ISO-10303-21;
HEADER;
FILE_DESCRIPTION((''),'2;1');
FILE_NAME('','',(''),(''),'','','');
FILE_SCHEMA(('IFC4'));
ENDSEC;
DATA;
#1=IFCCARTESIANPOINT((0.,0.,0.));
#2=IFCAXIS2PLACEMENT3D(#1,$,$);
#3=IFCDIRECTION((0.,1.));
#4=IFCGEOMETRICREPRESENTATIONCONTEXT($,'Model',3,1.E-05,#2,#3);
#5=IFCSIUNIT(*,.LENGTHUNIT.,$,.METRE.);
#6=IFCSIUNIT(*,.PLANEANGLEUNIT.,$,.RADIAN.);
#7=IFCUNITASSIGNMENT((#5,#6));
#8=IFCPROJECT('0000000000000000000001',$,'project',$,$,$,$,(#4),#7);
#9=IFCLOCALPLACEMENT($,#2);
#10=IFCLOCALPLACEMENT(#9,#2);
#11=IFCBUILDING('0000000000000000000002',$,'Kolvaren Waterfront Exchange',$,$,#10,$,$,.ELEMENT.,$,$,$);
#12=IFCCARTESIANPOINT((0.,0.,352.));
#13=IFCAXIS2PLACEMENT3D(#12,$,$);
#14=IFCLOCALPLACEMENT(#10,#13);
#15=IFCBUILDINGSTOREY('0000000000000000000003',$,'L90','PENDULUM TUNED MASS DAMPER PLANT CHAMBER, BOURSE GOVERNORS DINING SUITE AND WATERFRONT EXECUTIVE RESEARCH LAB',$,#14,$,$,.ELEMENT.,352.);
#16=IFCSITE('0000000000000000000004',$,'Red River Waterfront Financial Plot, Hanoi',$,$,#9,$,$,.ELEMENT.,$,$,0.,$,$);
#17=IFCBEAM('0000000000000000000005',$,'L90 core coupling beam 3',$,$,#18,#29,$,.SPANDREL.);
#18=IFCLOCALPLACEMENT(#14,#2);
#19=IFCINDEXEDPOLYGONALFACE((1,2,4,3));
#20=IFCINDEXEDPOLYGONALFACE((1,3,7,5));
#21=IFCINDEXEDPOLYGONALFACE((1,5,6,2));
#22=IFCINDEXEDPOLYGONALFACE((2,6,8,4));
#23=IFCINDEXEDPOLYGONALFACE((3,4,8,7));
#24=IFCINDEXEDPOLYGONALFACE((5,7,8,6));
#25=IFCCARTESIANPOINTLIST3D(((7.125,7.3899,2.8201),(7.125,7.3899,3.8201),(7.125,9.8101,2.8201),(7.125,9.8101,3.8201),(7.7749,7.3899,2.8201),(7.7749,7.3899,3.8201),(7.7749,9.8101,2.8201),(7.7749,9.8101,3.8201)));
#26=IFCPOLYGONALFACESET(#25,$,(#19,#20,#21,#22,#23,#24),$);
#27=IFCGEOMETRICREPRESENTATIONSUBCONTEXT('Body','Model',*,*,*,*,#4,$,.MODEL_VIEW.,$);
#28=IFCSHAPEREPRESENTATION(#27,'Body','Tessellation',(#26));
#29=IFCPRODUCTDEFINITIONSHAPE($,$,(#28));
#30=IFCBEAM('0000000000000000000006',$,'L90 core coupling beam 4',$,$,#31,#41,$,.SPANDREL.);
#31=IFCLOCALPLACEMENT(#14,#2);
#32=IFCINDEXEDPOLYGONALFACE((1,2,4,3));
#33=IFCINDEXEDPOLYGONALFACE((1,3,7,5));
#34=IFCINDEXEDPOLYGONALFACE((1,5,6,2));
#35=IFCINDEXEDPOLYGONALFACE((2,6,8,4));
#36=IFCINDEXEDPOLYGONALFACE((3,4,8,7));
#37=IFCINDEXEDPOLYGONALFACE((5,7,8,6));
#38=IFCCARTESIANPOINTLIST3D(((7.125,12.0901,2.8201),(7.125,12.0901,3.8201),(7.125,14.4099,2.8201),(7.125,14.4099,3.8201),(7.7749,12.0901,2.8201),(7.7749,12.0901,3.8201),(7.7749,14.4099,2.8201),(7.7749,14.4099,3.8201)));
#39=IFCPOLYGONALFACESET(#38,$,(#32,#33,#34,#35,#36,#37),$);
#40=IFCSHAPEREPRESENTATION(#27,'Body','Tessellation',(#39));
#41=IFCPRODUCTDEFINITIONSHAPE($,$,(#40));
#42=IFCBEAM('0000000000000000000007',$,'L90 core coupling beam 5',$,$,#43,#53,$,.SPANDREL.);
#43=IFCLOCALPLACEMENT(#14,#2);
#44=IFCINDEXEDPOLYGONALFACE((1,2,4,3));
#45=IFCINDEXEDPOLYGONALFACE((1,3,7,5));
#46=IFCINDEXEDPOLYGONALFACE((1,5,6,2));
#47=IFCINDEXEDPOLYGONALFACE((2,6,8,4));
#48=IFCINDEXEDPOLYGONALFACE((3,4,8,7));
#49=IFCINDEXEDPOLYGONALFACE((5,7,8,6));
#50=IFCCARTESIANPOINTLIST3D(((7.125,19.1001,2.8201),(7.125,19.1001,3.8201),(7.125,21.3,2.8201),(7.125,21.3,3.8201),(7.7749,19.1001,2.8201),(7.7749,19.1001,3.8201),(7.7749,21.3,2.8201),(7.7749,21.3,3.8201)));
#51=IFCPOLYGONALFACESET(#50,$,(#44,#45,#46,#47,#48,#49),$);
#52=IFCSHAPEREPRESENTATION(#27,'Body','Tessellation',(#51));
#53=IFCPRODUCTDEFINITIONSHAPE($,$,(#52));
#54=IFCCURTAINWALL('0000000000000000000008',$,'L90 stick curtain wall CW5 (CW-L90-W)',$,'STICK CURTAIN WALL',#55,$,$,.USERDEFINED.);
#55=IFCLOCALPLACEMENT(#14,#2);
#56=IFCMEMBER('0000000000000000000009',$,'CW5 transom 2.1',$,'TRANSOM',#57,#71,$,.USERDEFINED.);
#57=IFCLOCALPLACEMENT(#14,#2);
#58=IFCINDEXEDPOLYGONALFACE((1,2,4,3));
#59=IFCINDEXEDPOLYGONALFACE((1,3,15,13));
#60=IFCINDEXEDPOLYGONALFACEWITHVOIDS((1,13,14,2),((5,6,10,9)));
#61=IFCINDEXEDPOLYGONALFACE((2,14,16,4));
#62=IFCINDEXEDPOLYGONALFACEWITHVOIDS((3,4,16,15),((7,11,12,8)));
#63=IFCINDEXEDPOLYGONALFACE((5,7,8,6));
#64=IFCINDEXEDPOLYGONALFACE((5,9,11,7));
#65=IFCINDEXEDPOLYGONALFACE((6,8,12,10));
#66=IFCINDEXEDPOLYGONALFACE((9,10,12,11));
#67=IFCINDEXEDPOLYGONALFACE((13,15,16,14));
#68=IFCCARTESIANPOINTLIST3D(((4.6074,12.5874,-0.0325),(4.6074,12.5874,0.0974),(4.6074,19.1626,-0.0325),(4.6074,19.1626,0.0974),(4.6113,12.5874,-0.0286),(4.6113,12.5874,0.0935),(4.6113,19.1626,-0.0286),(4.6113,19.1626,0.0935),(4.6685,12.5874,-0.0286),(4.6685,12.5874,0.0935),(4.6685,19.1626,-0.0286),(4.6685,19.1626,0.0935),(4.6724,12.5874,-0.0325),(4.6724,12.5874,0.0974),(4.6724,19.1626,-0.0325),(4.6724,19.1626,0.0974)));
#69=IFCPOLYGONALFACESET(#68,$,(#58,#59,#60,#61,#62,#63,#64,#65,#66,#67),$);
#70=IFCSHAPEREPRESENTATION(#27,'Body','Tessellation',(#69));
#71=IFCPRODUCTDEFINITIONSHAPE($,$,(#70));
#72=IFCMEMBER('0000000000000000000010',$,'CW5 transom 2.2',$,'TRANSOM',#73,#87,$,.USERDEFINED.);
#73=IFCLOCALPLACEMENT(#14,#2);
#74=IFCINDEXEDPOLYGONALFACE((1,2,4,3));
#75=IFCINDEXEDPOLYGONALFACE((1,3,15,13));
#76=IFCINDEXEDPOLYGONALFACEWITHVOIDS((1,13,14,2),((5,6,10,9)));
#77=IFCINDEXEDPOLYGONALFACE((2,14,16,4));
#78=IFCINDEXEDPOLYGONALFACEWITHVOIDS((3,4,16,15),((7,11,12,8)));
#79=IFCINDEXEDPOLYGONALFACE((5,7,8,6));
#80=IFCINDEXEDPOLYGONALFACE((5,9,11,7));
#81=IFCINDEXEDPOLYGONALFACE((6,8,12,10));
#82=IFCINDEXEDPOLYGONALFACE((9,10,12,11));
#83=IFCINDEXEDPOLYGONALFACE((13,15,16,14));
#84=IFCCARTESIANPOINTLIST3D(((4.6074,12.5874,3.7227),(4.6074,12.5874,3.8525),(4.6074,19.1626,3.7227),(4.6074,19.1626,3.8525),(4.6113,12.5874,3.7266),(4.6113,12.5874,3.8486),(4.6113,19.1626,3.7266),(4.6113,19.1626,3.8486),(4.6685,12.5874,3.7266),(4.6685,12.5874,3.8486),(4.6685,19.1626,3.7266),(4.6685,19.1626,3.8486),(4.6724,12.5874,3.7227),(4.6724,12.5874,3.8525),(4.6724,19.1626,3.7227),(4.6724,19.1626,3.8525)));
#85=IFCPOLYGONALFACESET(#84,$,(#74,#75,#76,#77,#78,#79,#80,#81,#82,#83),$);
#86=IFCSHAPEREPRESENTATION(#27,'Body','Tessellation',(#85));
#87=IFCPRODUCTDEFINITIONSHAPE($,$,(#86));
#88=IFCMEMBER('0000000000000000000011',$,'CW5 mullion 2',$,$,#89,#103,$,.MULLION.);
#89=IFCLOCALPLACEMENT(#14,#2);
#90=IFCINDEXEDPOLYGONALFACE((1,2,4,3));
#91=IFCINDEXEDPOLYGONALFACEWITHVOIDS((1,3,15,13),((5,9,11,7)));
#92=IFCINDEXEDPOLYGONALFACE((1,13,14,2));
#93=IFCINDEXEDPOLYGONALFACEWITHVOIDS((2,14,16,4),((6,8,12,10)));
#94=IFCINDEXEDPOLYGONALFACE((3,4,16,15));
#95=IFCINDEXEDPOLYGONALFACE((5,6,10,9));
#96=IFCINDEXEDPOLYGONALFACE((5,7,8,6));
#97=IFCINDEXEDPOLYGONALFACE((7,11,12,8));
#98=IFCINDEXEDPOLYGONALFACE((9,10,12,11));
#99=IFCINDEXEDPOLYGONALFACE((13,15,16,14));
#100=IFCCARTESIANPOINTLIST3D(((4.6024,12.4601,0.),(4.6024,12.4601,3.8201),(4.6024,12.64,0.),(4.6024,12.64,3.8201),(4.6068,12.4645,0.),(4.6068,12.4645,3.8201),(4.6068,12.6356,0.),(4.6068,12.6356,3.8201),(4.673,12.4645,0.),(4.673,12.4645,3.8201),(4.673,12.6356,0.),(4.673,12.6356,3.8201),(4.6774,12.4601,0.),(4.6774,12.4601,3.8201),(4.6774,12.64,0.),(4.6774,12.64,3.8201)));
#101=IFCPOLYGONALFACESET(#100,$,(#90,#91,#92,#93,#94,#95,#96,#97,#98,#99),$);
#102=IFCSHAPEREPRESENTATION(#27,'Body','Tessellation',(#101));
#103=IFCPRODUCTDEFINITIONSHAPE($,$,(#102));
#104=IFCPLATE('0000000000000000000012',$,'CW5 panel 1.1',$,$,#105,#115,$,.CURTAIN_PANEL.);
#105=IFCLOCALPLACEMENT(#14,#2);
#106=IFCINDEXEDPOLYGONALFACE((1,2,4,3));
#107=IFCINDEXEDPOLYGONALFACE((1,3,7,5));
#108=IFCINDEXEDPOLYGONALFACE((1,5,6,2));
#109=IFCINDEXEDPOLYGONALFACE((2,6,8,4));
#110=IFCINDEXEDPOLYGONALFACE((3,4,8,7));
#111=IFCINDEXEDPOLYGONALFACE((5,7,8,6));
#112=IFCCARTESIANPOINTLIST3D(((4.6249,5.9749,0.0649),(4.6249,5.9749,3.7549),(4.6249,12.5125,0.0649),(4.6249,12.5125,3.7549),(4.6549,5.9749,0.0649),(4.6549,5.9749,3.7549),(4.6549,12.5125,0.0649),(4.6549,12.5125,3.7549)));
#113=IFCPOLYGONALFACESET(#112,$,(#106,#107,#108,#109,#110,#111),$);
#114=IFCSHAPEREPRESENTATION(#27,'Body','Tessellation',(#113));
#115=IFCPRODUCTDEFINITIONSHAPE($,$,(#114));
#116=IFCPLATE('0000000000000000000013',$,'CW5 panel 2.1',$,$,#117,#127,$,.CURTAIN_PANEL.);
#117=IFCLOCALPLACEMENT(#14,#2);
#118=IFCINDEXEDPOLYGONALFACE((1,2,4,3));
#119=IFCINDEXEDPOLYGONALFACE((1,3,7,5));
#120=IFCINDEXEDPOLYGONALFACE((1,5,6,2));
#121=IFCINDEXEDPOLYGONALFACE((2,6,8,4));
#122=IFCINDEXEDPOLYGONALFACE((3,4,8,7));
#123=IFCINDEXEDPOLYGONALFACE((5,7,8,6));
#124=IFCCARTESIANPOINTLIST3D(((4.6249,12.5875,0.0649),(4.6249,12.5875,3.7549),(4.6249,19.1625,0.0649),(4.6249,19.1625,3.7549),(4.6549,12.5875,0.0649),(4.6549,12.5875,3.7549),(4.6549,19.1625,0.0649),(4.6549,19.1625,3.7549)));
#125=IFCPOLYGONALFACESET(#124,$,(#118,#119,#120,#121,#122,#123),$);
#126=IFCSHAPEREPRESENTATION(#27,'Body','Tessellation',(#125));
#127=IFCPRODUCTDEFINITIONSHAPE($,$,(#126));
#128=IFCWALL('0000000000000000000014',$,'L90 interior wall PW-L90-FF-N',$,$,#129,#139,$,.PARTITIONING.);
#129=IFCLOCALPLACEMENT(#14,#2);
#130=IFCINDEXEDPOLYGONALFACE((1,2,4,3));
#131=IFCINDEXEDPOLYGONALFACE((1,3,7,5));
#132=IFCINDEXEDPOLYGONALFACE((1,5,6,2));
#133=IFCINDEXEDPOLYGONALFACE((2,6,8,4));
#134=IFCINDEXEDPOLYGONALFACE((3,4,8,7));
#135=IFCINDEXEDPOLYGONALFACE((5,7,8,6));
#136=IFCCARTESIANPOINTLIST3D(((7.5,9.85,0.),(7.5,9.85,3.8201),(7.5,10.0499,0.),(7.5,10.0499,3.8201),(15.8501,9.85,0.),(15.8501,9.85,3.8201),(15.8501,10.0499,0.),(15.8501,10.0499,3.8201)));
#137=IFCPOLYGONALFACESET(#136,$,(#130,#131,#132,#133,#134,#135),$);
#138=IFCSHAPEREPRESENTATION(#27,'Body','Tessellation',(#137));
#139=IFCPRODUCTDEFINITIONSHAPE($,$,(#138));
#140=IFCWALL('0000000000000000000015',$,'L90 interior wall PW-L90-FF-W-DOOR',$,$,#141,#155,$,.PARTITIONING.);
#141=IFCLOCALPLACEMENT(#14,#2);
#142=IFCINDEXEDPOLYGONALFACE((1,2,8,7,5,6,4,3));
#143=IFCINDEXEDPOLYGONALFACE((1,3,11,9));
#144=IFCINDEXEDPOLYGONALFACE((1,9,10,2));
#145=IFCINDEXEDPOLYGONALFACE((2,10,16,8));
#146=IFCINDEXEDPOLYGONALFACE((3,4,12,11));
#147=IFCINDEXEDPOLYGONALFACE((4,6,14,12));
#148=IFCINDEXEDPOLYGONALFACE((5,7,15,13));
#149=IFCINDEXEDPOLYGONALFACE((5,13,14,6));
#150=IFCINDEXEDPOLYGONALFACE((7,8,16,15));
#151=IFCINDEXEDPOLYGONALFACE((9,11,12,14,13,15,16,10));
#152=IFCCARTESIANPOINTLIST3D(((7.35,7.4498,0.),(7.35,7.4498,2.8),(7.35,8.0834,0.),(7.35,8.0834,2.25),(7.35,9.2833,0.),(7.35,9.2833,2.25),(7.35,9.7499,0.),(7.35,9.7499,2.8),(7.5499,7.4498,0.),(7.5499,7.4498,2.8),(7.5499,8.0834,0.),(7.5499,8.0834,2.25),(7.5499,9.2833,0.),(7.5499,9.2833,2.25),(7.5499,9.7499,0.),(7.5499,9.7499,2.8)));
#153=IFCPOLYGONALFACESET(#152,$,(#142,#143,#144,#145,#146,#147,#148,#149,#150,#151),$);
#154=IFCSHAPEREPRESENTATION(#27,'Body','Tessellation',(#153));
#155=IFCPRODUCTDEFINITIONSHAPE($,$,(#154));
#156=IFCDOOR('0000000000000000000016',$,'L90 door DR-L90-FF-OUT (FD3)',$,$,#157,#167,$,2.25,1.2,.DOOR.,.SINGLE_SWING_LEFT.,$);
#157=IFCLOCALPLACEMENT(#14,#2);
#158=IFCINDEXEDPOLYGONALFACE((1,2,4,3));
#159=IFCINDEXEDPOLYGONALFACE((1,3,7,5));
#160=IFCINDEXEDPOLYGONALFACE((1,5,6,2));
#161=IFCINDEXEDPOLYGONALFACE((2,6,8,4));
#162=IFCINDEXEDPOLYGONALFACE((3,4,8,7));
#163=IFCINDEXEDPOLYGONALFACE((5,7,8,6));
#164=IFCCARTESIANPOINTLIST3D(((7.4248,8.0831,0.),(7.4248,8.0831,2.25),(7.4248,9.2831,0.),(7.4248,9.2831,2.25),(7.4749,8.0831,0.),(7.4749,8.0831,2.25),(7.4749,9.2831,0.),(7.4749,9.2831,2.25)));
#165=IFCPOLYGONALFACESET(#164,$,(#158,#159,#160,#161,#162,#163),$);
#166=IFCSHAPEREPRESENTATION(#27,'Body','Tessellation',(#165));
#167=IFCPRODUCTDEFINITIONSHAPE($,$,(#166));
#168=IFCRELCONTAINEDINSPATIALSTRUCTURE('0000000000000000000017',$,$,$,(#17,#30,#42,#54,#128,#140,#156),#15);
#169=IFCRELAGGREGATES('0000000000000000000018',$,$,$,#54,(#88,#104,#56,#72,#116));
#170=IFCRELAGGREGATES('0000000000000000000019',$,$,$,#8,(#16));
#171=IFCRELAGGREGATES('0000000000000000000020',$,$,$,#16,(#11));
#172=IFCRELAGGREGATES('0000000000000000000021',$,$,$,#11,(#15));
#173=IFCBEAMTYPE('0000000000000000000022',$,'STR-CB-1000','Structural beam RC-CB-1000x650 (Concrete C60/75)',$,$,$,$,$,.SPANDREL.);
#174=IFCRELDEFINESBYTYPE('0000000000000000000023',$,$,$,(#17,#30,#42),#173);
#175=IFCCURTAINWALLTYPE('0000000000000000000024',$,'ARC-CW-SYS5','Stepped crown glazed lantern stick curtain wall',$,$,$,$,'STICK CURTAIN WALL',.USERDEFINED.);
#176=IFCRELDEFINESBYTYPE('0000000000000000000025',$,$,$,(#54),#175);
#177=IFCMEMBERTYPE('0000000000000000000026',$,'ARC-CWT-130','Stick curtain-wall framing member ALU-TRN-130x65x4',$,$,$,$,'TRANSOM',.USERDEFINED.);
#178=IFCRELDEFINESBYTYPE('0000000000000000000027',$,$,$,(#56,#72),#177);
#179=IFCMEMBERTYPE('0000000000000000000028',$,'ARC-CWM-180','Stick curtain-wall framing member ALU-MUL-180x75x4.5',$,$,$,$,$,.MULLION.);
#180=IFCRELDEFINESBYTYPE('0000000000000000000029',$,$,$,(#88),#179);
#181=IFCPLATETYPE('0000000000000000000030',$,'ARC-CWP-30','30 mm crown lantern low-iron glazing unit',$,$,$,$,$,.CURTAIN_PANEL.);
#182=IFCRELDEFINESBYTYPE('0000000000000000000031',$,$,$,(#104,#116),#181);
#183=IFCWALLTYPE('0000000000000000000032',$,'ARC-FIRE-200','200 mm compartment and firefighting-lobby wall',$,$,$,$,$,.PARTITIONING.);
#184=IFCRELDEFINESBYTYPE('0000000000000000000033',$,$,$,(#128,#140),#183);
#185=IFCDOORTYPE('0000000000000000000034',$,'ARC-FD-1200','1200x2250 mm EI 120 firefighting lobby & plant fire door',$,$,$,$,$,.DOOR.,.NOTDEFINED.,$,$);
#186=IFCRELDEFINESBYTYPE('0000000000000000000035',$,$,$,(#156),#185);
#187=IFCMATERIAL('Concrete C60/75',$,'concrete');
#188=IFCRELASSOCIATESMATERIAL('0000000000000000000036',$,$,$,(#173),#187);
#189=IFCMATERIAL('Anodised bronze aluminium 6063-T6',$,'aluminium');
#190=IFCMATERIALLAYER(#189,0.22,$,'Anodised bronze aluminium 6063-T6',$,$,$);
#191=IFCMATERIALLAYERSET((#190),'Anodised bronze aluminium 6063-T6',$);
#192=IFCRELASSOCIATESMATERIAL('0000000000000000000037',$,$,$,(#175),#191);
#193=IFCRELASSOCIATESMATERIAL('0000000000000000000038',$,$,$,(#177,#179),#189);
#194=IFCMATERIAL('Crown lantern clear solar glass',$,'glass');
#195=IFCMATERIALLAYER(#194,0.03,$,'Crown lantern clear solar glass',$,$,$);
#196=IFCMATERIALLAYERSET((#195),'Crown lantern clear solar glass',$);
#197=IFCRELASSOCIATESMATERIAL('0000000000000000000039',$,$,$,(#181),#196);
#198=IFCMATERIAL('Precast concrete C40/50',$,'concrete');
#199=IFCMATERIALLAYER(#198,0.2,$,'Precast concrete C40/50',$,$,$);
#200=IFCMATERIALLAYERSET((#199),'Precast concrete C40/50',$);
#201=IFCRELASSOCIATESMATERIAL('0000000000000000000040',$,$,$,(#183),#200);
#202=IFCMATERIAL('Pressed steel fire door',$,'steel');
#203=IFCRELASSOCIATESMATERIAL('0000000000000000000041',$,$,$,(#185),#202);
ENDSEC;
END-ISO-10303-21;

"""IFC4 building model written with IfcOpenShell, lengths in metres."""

from ifc_helpers import new_model, si_unit, direction, frame, frame_2d, origin, origin_with_axes, origin_2d, place, context, subcontext, project, spatial, rectangle, hollow_rectangle, extrude, source, transform, mapped, material, layer, layer_set, material_profile, profile_set, type_object, element, fill, aggregate, save


model = new_model("IFC4")

# Units and contexts
model_context = context("Model", 3, precision=1e-05, world=origin(), true_north=direction((0.0, 1.0)))
body_context = subcontext(model_context, "Body", "Model", "MODEL_VIEW")
ifc_project = project(units=[si_unit("LENGTHUNIT", "METRE"), si_unit("PLANEANGLEUNIT", "RADIAN")], contexts=[model_context])

# Site, building, storey
site_placement = place(None, origin())
site = spatial("IfcSite", under=ifc_project, at=site_placement, Name="Red River Waterfront Financial Plot, Hanoi", CompositionType="ELEMENT", RefElevation=0.0)
building_placement = place(site_placement, origin())
building = spatial("IfcBuilding", under=site, at=building_placement, Name="Kolvaren Waterfront Exchange", CompositionType="ELEMENT")
storey_placement = place(building_placement, frame((0.0, 0.0, 352.0)))
storey = spatial("IfcBuildingStorey", under=building, at=storey_placement, Name="L90", Description="PENDULUM TUNED MASS DAMPER PLANT CHAMBER, BOURSE GOVERNORS DINING SUITE AND WATERFRONT EXECUTIVE RESEARCH LAB", CompositionType="ELEMENT", Elevation=352.0)

# Beams
ifc_material_1 = material(Name="Concrete C60/75", Category="concrete")
ifc_material_profile_1 = material_profile(ifc_material_1, rectangle(XDim=0.6499, YDim=1.0, at=origin_2d()), Name="RC-CB-1000x650")
ifc_profile_set_1 = profile_set([ifc_material_profile_1], Name="Concrete C60/75")
beam_type = type_object("IfcBeamType", Name="STR-CB-1000", Description="Structural beam RC-CB-1000x650 (Concrete C60/75)", PredefinedType="SPANDREL", material=ifc_profile_set_1)
beam_1_placement = place(storey_placement, frame((7.45, 7.3899, 3.3201), z_axis=(0.0, 1.0, 0.0), x_axis=(-1.0, 0.0, 0.0)))
element("IfcBeam", 1, at=beam_1_placement, inside=storey, type_object=beam_type, Name="L90 core coupling beam 3", PredefinedType="SPANDREL", context=body_context, shape_type="SweptSolid", body=[
    extrude(rectangle(XDim=0.6499, YDim=1.0, at=origin_2d()), origin(), (0.0, 0.0, 1.0), 2.4202),
])
beam_2_placement = place(storey_placement, frame((7.45, 12.0901, 3.3201), z_axis=(0.0, 1.0, 0.0), x_axis=(-1.0, 0.0, 0.0)))
element("IfcBeam", 2, at=beam_2_placement, inside=storey, type_object=beam_type, Name="L90 core coupling beam 4", PredefinedType="SPANDREL", context=body_context, shape_type="SweptSolid", body=[
    extrude(rectangle(XDim=0.6499, YDim=1.0, at=origin_2d()), origin(), (0.0, 0.0, 1.0), 2.3198),
])
beam_3_placement = place(storey_placement, frame((7.45, 19.1001, 3.3201), z_axis=(0.0, 1.0, 0.0), x_axis=(-1.0, 0.0, 0.0)))
element("IfcBeam", 3, at=beam_3_placement, inside=storey, type_object=beam_type, Name="L90 core coupling beam 5", PredefinedType="SPANDREL", context=body_context, shape_type="SweptSolid", body=[
    extrude(rectangle(XDim=0.6499, YDim=1.0, at=origin_2d()), origin(), (0.0, 0.0, 1.0), 2.2),
])

# Curtain wall, members, plates
ifc_material_2 = material(Name="Anodised bronze aluminium 6063-T6", Category="aluminium")
ifc_layer_1 = layer(ifc_material_2, 0.22, Name="Anodised bronze aluminium 6063-T6")
ifc_layer_set_1 = layer_set([ifc_layer_1], Name="Anodised bronze aluminium 6063-T6")
curtain_wall_type = type_object("IfcCurtainWallType", Name="ARC-CW-SYS5", Description="Stepped crown glazed lantern stick curtain wall", ElementType="STICK CURTAIN WALL", PredefinedType="USERDEFINED", material=ifc_layer_set_1)
curtain_wall_placement = place(storey_placement, origin())
curtain_wall = element("IfcCurtainWall", 4, at=curtain_wall_placement, inside=storey, type_object=curtain_wall_type, Name="L90 stick curtain wall CW5 (CW-L90-W)", ObjectType="STICK CURTAIN WALL", PredefinedType="USERDEFINED")
ifc_material_profile_2 = material_profile(ifc_material_2, hollow_rectangle(XDim=0.0649, YDim=0.1299, WallThickness=0.0039, at=origin_2d()), Name="ALU-TRN-130x65x4")
ifc_profile_set_2 = profile_set([ifc_material_profile_2], Name="Anodised bronze aluminium 6063-T6")
member_type_1 = type_object("IfcMemberType", Name="ARC-CWT-130", Description="Stick curtain-wall framing member ALU-TRN-130x65x4", ElementType="TRANSOM", PredefinedType="USERDEFINED", material=ifc_profile_set_2)
shared_shape_1 = source(origin_with_axes(), body_context, "Body", "SweptSolid", [
    extrude(hollow_rectangle(XDim=0.0649, YDim=0.1299, WallThickness=0.0039, at=origin_2d()), origin(), (0.0, 0.0, 1.0), 6.5752),
])
member_1_placement = place(storey_placement, frame((4.6399, 12.5874, 0.0325), z_axis=(0.0, 1.0, 0.0), x_axis=(-1.0, 0.0, 0.0)))
member_1 = element("IfcMember", 5, at=member_1_placement, type_object=member_type_1, Name="CW5 transom 2.1", ObjectType="TRANSOM", PredefinedType="USERDEFINED", context=body_context, shape_type="MappedRepresentation", body=[
    mapped(shared_shape_1, transform((0.0, 0.0, 0.0), x_axis=(1.0, 0.0, 0.0), y_axis=(0.0, 1.0, 0.0), z_axis=(0.0, 0.0, 1.0), scale=1.0)),
])
member_2_placement = place(storey_placement, frame((4.6399, 12.5874, 3.7876), z_axis=(0.0, 1.0, 0.0), x_axis=(-1.0, 0.0, 0.0)))
member_2 = element("IfcMember", 6, at=member_2_placement, type_object=member_type_1, Name="CW5 transom 2.2", ObjectType="TRANSOM", PredefinedType="USERDEFINED", context=body_context, shape_type="MappedRepresentation", body=[
    mapped(shared_shape_1, transform((0.0, 0.0, 0.0), x_axis=(1.0, 0.0, 0.0), y_axis=(0.0, 1.0, 0.0), z_axis=(0.0, 0.0, 1.0), scale=1.0)),
])
ifc_material_profile_3 = material_profile(ifc_material_2, hollow_rectangle(XDim=0.075, YDim=0.1799, WallThickness=0.0044, at=origin_2d()), Name="ALU-MUL-180x75x4.5")
ifc_profile_set_3 = profile_set([ifc_material_profile_3], Name="Anodised bronze aluminium 6063-T6")
member_type_2 = type_object("IfcMemberType", Name="ARC-CWM-180", Description="Stick curtain-wall framing member ALU-MUL-180x75x4.5", PredefinedType="MULLION", material=ifc_profile_set_3)
shared_shape_2 = source(origin_with_axes(), body_context, "Body", "SweptSolid", [
    extrude(hollow_rectangle(XDim=0.075, YDim=0.1799, WallThickness=0.0044, at=origin_2d()), origin(), (0.0, 0.0, 1.0), 3.8201),
])
member_3_placement = place(storey_placement, frame((4.6399, 12.55, 0.0), z_axis=(0.0, 0.0, 1.0), x_axis=(-1.0, 0.0, 0.0)))
member_3 = element("IfcMember", 7, at=member_3_placement, type_object=member_type_2, Name="CW5 mullion 2", PredefinedType="MULLION", context=body_context, shape_type="MappedRepresentation", body=[
    mapped(shared_shape_2, transform((0.0, 0.0, 0.0), x_axis=(1.0, 0.0, 0.0), y_axis=(0.0, 1.0, 0.0), z_axis=(0.0, 0.0, 1.0), scale=1.0)),
])
ifc_material_3 = material(Name="Crown lantern clear solar glass", Category="glass")
ifc_layer_2 = layer(ifc_material_3, 0.03, Name="Crown lantern clear solar glass")
ifc_layer_set_2 = layer_set([ifc_layer_2], Name="Crown lantern clear solar glass")
plate_type = type_object("IfcPlateType", Name="ARC-CWP-30", Description="30 mm crown lantern low-iron glazing unit", PredefinedType="CURTAIN_PANEL", material=ifc_layer_set_2)
shared_shape_3 = source(origin_with_axes(), body_context, "Body", "SweptSolid", [
    extrude(rectangle(XDim=6.5376, YDim=0.03, at=origin_2d()), origin(), (0.0, 0.0, 1.0), 3.6899),
])
plate_1_placement = place(storey_placement, frame((4.6399, 9.2437, 0.0649), z_axis=(0.0, 0.0, 1.0), x_axis=(0.0, 1.0, 0.0)))
plate_1 = element("IfcPlate", 8, at=plate_1_placement, type_object=plate_type, Name="CW5 panel 1.1", PredefinedType="CURTAIN_PANEL", context=body_context, shape_type="MappedRepresentation", body=[
    mapped(shared_shape_3, transform((0.0, 0.0, 0.0), x_axis=(1.0, 0.0, 0.0), y_axis=(0.0, 1.0, 0.0), z_axis=(0.0, 0.0, 1.0), scale=1.0)),
])
shared_shape_4 = source(origin_with_axes(), body_context, "Body", "SweptSolid", [
    extrude(rectangle(XDim=6.575, YDim=0.03, at=origin_2d()), origin(), (0.0, 0.0, 1.0), 3.6899),
])
plate_2_placement = place(storey_placement, frame((4.6399, 15.875, 0.0649), z_axis=(0.0, 0.0, 1.0), x_axis=(0.0, 1.0, 0.0)))
plate_2 = element("IfcPlate", 9, at=plate_2_placement, type_object=plate_type, Name="CW5 panel 2.1", PredefinedType="CURTAIN_PANEL", context=body_context, shape_type="MappedRepresentation", body=[
    mapped(shared_shape_4, transform((0.0, 0.0, 0.0), x_axis=(1.0, 0.0, 0.0), y_axis=(0.0, 1.0, 0.0), z_axis=(0.0, 0.0, 1.0), scale=1.0)),
])
aggregate(curtain_wall, [member_3, plate_1, member_1, member_2, plate_2])

# Wall
ifc_material_4 = material(Name="Precast concrete C40/50", Category="concrete")
ifc_layer_3 = layer(ifc_material_4, 0.2, Name="Precast concrete C40/50")
ifc_layer_set_3 = layer_set([ifc_layer_3], Name="Precast concrete C40/50")
wall_type_1 = type_object("IfcWallType", Name="ARC-FIRE-200", Description="200 mm compartment and firefighting-lobby wall", PredefinedType="PARTITIONING", material=ifc_layer_set_3)
wall_1_placement = place(storey_placement, frame((7.5, 9.95, 0.0), z_axis=(0.0, 0.0, 1.0), x_axis=(1.0, 0.0, 0.0)))
element("IfcWall", 10, at=wall_1_placement, inside=storey, type_object=wall_type_1, Name="L90 interior wall PW-L90-FF-N", PredefinedType="PARTITIONING", context=body_context, shape_type="SweptSolid", body=[
    extrude(rectangle(XDim=8.3501, YDim=0.2, at=frame_2d((4.175, 0.0))), origin(), (0.0, 0.0, 1.0), 3.8201),
])

# Wall, opening, door
wall_2_placement = place(storey_placement, frame((7.45, 7.45, 0.0), z_axis=(0.0, 0.0, 1.0), x_axis=(0.0, 1.0, 0.0)))
wall_2 = element("IfcWall", 11, at=wall_2_placement, inside=storey, type_object=wall_type_1, Name="L90 interior wall PW-L90-FF-W-DOOR", PredefinedType="PARTITIONING", context=body_context, shape_type="SweptSolid", body=[
    extrude(rectangle(XDim=2.3, YDim=0.2, at=frame_2d((1.1499, 0.0))), origin(), (0.0, 0.0, 1.0), 2.8),
])
opening_1_placement = place(wall_2_placement, frame((0.6333, 0.0, 0.0)))
opening_1 = element("IfcOpeningElement", 12, at=opening_1_placement, cuts=wall_2, PredefinedType="OPENING", context=body_context, shape_type="SweptSolid", body=[
    extrude(rectangle(XDim=1.2, YDim=2.25, at=frame_2d((0.6001, 1.125))), frame((0.0, 0.1099, 0.0), z_axis=(0.0, -1.0, 0.0), x_axis=(1.0, 0.0, 0.0)), (0.0, 0.0, 1.0), 0.22),
])
ifc_material_5 = material(Name="Pressed steel fire door", Category="steel")
door_type_1 = type_object("IfcDoorType", Name="ARC-FD-1200", Description="1200x2250 mm EI 120 firefighting lobby & plant fire door", OperationType="NOTDEFINED", PredefinedType="DOOR", material=ifc_material_5)
door_1_placement = place(opening_1_placement, frame((1.2, 0.0, 0.0), z_axis=(0.0, 0.0, 1.0), x_axis=(-1.0, 0.0, 0.0)))
door_1 = element("IfcDoor", 13, at=door_1_placement, inside=storey, type_object=door_type_1, Name="L90 door DR-L90-FF-OUT (FD3)", OperationType="SINGLE_SWING_LEFT", OverallHeight=2.25, OverallWidth=1.2, PredefinedType="DOOR", context=body_context, shape_type="SweptSolid", body=[
    extrude(rectangle(XDim=1.2, YDim=2.25, at=frame_2d((0.6001, 1.125))), frame((0.0, 0.0249, 0.0), z_axis=(0.0, -1.0, 0.0), x_axis=(1.0, 0.0, 0.0)), (0.0, 0.0, 1.0), 0.05),
])
fill(opening_1, door_1)

save(model, "model.ifc")
